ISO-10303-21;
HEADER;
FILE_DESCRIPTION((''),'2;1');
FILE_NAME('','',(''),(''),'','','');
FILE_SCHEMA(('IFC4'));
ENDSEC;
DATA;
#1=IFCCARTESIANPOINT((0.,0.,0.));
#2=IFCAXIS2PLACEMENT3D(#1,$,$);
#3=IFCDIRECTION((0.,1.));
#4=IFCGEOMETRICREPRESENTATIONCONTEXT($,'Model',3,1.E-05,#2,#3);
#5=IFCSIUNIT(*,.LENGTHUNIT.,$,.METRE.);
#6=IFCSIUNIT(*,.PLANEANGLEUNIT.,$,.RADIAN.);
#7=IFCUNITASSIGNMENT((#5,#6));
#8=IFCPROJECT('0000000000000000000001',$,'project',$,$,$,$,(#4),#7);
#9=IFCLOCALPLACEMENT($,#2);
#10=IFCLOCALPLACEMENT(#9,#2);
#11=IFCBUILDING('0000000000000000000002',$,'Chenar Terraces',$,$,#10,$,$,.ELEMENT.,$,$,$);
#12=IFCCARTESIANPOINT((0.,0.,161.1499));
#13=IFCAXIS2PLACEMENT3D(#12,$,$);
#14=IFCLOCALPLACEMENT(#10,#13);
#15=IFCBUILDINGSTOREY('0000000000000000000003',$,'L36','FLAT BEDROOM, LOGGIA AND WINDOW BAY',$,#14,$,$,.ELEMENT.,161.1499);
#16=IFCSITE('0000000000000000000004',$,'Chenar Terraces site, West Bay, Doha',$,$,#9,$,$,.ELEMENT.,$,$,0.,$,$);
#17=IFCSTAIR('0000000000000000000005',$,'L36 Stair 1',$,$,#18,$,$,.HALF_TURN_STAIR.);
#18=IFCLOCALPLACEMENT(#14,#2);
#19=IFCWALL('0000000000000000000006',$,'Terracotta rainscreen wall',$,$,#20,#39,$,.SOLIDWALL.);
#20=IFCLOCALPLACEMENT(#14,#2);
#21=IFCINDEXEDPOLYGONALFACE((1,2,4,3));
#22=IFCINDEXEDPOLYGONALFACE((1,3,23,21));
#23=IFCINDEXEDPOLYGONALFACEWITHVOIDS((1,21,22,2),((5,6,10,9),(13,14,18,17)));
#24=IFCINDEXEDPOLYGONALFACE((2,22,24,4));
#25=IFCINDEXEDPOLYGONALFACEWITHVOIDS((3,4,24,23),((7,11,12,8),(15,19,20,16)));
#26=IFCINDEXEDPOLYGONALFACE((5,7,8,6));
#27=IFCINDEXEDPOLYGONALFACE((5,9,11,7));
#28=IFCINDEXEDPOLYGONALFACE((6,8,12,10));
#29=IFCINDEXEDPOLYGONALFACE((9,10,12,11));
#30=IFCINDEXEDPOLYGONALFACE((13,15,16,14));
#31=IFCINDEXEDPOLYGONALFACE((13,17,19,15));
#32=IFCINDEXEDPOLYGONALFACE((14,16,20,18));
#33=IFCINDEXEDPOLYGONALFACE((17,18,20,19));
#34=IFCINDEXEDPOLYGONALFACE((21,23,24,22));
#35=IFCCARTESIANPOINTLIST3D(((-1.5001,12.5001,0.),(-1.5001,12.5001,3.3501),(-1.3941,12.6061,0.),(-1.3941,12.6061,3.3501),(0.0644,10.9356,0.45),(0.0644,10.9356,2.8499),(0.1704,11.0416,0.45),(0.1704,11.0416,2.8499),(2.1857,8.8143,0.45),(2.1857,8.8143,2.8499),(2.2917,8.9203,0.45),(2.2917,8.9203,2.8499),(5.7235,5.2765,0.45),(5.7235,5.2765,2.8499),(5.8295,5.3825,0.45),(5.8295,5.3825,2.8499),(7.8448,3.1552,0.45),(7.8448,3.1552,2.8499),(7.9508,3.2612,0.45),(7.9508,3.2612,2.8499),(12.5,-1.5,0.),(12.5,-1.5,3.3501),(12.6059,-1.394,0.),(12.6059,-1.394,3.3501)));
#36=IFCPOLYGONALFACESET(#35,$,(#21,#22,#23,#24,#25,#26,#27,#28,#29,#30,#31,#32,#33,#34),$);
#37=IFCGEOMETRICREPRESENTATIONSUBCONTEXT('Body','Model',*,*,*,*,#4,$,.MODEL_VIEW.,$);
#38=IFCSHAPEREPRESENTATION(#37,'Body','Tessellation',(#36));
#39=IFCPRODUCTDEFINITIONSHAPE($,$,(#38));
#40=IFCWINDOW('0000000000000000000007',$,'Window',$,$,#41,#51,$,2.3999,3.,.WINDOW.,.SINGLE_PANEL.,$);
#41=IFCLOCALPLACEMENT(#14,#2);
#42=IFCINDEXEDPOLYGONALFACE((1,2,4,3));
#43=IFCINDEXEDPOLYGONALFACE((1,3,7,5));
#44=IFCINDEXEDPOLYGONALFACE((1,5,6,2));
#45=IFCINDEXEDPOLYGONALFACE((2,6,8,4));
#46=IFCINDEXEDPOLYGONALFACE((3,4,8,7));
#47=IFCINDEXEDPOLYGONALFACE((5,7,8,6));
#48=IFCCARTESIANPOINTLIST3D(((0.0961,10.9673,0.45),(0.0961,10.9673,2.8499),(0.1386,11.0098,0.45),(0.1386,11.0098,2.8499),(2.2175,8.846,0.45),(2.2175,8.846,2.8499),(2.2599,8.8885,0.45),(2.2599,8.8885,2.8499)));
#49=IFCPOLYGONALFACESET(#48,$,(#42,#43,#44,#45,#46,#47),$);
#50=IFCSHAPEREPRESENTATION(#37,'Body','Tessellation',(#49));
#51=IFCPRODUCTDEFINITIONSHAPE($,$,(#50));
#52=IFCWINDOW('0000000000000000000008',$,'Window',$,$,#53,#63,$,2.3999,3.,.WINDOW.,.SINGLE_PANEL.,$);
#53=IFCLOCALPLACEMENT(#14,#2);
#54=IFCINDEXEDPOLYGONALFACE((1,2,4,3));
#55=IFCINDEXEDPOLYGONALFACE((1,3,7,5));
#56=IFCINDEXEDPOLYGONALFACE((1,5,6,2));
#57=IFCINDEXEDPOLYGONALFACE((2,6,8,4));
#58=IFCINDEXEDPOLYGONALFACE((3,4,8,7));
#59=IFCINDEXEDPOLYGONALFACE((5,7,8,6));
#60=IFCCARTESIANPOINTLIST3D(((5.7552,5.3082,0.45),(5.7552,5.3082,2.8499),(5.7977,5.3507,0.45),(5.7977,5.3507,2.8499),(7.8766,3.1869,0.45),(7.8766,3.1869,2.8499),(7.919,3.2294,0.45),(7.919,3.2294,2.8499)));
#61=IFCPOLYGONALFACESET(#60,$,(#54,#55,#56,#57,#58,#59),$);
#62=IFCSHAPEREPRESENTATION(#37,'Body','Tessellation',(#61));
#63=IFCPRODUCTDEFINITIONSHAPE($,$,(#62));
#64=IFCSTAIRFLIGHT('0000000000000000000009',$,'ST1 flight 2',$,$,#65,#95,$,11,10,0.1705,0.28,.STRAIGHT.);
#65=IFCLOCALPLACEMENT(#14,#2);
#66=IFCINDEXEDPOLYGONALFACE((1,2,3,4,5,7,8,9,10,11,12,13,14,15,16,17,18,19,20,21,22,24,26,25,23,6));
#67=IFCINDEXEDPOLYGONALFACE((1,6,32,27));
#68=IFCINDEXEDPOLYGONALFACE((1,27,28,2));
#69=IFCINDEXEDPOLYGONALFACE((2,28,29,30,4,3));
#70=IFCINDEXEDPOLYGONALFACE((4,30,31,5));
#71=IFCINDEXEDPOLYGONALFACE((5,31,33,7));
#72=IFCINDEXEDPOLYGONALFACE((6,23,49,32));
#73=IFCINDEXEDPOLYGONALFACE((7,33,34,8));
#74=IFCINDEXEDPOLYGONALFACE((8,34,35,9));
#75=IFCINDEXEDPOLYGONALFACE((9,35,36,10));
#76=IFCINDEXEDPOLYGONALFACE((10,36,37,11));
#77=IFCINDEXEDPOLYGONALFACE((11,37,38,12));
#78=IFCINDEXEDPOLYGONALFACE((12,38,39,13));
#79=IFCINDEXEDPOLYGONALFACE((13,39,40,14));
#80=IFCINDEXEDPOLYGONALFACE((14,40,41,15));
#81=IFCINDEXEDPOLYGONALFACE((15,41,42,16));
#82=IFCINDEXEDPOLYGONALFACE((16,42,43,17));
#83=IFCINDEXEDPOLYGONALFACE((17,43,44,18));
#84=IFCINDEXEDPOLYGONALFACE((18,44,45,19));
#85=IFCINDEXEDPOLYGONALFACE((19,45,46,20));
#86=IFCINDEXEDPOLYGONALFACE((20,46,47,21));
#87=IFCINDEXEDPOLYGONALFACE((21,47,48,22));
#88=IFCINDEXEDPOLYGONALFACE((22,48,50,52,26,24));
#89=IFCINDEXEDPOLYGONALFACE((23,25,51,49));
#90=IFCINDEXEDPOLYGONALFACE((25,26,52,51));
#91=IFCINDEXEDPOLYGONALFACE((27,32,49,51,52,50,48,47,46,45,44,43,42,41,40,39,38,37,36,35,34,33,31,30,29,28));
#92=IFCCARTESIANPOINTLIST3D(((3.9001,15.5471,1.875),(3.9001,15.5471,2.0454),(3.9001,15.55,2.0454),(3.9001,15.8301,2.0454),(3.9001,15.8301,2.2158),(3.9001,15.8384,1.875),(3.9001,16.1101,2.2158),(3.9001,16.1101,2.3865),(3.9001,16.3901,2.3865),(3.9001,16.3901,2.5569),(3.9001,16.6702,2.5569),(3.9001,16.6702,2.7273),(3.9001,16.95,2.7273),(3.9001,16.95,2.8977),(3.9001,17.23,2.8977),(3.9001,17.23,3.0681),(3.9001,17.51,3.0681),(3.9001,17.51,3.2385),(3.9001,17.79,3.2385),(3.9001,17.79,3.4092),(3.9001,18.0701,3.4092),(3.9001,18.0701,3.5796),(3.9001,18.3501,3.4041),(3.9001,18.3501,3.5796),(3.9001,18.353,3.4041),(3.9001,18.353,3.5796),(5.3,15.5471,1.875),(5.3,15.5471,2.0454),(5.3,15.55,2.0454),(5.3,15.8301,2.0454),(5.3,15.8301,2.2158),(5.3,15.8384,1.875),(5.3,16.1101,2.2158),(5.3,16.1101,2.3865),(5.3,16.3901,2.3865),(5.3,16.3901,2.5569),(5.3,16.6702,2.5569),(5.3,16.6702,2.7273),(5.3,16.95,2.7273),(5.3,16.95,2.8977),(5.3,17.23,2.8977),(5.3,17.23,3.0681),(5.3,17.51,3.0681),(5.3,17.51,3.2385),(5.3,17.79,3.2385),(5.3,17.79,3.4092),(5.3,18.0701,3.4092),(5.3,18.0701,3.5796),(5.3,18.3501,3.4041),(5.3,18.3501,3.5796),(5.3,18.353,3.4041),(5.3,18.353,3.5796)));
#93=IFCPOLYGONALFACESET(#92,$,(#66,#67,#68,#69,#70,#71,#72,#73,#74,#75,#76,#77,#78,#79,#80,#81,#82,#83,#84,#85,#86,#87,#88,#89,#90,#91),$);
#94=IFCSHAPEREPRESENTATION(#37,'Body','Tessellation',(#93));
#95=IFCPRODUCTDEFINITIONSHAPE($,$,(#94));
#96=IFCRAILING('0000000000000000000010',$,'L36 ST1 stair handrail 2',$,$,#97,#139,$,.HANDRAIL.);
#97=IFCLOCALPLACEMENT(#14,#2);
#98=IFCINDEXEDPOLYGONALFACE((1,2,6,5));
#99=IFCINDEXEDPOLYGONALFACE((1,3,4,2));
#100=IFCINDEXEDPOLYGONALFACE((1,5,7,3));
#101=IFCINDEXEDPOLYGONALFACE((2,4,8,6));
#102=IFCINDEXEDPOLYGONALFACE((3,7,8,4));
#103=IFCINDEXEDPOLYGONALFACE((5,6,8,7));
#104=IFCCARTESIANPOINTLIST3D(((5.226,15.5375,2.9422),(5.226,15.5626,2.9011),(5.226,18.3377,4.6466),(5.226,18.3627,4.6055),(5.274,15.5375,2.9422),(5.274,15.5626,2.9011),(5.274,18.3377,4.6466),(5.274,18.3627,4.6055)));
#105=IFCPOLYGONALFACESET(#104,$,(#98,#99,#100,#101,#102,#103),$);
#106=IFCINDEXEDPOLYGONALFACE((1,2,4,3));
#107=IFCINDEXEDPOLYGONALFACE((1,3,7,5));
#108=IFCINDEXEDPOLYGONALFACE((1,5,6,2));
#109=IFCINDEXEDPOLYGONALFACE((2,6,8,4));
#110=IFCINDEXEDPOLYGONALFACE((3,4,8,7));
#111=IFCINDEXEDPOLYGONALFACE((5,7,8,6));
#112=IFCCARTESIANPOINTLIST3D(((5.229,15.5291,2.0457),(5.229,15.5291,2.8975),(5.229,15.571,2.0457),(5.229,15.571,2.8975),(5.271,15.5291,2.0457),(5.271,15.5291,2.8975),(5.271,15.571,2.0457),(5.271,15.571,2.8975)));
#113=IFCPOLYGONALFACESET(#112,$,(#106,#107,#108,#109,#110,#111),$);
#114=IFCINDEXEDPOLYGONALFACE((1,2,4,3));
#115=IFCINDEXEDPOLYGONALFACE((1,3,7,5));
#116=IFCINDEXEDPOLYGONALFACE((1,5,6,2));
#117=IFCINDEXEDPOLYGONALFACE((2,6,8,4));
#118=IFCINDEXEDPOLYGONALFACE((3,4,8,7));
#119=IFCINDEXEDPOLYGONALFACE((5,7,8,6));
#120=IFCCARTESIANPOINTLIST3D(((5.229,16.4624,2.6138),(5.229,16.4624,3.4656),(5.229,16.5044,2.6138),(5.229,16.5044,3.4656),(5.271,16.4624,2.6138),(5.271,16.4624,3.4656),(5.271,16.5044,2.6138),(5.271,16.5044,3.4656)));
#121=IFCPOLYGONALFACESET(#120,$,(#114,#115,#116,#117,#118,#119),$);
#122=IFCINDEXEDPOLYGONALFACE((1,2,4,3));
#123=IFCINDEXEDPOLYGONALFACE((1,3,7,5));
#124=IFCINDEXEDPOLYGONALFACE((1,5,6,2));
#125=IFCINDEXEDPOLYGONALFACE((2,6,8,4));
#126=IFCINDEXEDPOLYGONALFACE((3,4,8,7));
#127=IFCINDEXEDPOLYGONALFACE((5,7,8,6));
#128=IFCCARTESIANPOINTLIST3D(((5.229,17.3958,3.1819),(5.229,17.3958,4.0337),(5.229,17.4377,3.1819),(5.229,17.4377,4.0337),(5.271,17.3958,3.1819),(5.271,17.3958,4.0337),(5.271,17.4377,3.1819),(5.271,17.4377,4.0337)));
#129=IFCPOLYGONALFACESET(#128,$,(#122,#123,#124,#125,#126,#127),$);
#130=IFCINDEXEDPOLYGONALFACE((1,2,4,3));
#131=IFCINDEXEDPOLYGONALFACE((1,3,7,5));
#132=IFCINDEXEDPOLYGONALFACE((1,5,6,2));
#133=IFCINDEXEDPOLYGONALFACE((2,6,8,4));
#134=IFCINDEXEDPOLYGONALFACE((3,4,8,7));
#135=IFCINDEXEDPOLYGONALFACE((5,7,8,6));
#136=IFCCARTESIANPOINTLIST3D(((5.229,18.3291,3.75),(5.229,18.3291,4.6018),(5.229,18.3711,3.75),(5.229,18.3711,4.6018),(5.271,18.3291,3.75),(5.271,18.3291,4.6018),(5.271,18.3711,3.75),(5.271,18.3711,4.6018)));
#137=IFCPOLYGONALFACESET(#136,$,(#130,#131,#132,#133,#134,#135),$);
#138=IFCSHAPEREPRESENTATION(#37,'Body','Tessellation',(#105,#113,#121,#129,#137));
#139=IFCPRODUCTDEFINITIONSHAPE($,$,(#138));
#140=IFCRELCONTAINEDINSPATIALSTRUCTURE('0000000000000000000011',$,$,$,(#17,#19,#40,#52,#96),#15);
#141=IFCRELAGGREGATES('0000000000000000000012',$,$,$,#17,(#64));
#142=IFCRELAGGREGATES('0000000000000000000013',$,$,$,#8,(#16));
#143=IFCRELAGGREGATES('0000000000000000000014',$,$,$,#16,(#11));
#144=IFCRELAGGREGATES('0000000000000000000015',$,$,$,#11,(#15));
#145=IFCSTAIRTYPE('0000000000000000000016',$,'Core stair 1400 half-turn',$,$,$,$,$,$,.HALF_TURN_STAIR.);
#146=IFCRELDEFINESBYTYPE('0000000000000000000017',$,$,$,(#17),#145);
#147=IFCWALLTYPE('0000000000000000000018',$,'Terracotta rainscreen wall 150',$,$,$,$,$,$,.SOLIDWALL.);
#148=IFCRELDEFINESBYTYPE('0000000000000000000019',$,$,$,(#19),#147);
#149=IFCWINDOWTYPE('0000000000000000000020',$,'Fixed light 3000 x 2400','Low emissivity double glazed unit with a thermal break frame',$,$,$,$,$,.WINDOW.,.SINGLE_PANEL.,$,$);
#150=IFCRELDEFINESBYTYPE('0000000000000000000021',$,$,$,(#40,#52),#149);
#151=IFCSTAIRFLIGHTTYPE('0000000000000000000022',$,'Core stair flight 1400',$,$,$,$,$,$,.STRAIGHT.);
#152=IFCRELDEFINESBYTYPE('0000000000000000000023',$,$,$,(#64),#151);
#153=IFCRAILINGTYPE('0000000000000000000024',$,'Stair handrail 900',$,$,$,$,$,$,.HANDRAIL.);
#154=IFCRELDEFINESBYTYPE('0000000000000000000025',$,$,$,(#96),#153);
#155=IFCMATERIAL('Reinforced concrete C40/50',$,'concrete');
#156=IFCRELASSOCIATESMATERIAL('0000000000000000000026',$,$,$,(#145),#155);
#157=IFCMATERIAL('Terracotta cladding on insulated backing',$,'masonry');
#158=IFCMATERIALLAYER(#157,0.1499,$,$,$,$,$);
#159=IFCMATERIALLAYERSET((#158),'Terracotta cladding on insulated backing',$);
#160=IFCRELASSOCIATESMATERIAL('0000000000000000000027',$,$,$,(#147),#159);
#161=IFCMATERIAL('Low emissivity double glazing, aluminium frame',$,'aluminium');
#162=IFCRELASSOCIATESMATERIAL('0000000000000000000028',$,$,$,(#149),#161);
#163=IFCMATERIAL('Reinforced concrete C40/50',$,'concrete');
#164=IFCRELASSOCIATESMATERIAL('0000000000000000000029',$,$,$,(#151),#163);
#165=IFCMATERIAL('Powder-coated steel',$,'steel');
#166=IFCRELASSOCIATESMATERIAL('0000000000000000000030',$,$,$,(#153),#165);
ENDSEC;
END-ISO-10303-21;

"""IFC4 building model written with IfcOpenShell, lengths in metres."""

from ifc_helpers import new_model, si_unit, direction, frame, frame_2d, origin, origin_2d, place, context, subcontext, project, spatial, polyline, rectangle, outline, extrude, material, layer, layer_set, type_object, element, fill, aggregate, save


model = new_model("IFC4")

# Units and contexts
model_context = context("Model", 3, precision=1e-05, world=origin(), true_north=direction((0.0, 1.0)))
body_context = subcontext(model_context, "Body", "Model", "MODEL_VIEW")
ifc_project = project(units=[si_unit("LENGTHUNIT", "METRE"), si_unit("PLANEANGLEUNIT", "RADIAN")], contexts=[model_context])

# Site, building, storey
site_placement = place(None, origin())
site = spatial("IfcSite", under=ifc_project, at=site_placement, Name="Chenar Terraces site, West Bay, Doha", CompositionType="ELEMENT", RefElevation=0.0)
building_placement = place(site_placement, origin())
building = spatial("IfcBuilding", under=site, at=building_placement, Name="Chenar Terraces", CompositionType="ELEMENT")
storey_placement = place(building_placement, frame((0.0, 0.0, 161.1499)))
storey = spatial("IfcBuildingStorey", under=building, at=storey_placement, Name="L36", Description="FLAT BEDROOM, LOGGIA AND WINDOW BAY", CompositionType="ELEMENT", Elevation=161.1499)

# Stair
ifc_material_1 = material(Name="Reinforced concrete C40/50", Category="concrete")
stair_type = type_object("IfcStairType", Name="Core stair 1400 half-turn", PredefinedType="HALF_TURN_STAIR", material=ifc_material_1)
placement_1 = place(storey_placement, origin())
stair_1 = element("IfcStair", 1, at=placement_1, inside=storey, type_object=stair_type, Name="L36 Stair 1", PredefinedType="HALF_TURN_STAIR")

# Wall, openings, windows
ifc_material_2 = material(Name="Terracotta cladding on insulated backing", Category="masonry")
ifc_layer_1 = layer(ifc_material_2, 0.1499)
ifc_layer_set_1 = layer_set([ifc_layer_1], Name="Terracotta cladding on insulated backing")
wall_type_1 = type_object("IfcWallType", Name="Terracotta rainscreen wall 150", PredefinedType="SOLIDWALL", material=ifc_layer_set_1)
wall_1_placement = place(storey_placement, frame((-1.447, 12.553, 0.0), z_axis=(0.0, 0.0, 1.0), x_axis=(0.707107, -0.707107, 0.0)))
wall_1 = element("IfcWall", 2, at=wall_1_placement, inside=storey, type_object=wall_type_1, Name="Terracotta rainscreen wall", PredefinedType="SOLIDWALL", context=body_context, shape_type="SweptSolid", body=[
    extrude(rectangle(XDim=19.7991, YDim=0.1499, at=frame_2d((9.8994, 0.0))), origin(), (0.0, 0.0, 1.0), 3.3501),
])
opening_1_placement = place(wall_1_placement, frame((2.2124, 0.0, 0.45)))
opening_1 = element("IfcOpeningElement", 3, at=opening_1_placement, cuts=wall_1, PredefinedType="OPENING", context=body_context, shape_type="SweptSolid", body=[
    extrude(rectangle(XDim=3.0, YDim=2.3999, at=frame_2d((1.5, 1.2))), frame((0.0, 0.085, 0.0), z_axis=(0.0, -1.0, 0.0), x_axis=(1.0, 0.0, 0.0)), (0.0, 0.0, 1.0), 0.1699),
])
opening_2_placement = place(wall_1_placement, frame((10.2156, 0.0, 0.45)))
opening_2 = element("IfcOpeningElement", 4, at=opening_2_placement, cuts=wall_1, PredefinedType="OPENING", context=body_context, shape_type="SweptSolid", body=[
    extrude(rectangle(XDim=3.0, YDim=2.3999, at=frame_2d((1.5, 1.2))), frame((0.0, 0.085, 0.0), z_axis=(0.0, -1.0, 0.0), x_axis=(1.0, 0.0, 0.0)), (0.0, 0.0, 1.0), 0.1699),
])
ifc_material_3 = material(Name="Low emissivity double glazing, aluminium frame", Category="aluminium")
window_type = type_object("IfcWindowType", Name="Fixed light 3000 x 2400", Description="Low emissivity double glazed unit with a thermal break frame", PartitioningType="SINGLE_PANEL", PredefinedType="WINDOW", material=ifc_material_3)
window_1_placement = place(opening_1_placement, origin())
window_1 = element("IfcWindow", 5, at=window_1_placement, inside=storey, type_object=window_type, Name="Window", OverallHeight=2.3999, OverallWidth=3.0, PartitioningType="SINGLE_PANEL", PredefinedType="WINDOW", context=body_context, shape_type="SweptSolid", body=[
    extrude(rectangle(XDim=3.0, YDim=2.3999, at=frame_2d((1.5, 1.2))), frame((0.0, 0.03, 0.0), z_axis=(0.0, -1.0, 0.0), x_axis=(1.0, 0.0, 0.0)), (0.0, 0.0, 1.0), 0.0601),
])
fill(opening_1, window_1)
window_2_placement = place(opening_2_placement, origin())
window_2 = element("IfcWindow", 6, at=window_2_placement, inside=storey, type_object=window_type, Name="Window", OverallHeight=2.3999, OverallWidth=3.0, PartitioningType="SINGLE_PANEL", PredefinedType="WINDOW", context=body_context, shape_type="SweptSolid", body=[
    extrude(rectangle(XDim=3.0, YDim=2.3999, at=frame_2d((1.5, 1.2))), frame((0.0, 0.03, 0.0), z_axis=(0.0, -1.0, 0.0), x_axis=(1.0, 0.0, 0.0)), (0.0, 0.0, 1.0), 0.0601),
])
fill(opening_2, window_2)

# Stair flight
ifc_material_4 = material(Name="Reinforced concrete C40/50", Category="concrete")
stair_flight_type = type_object("IfcStairFlightType", Name="Core stair flight 1400", PredefinedType="STRAIGHT", material=ifc_material_4)
stair_flight_placement = place(storey_placement, frame((4.6001, 15.55, 1.875), z_axis=(0.0, 0.0, 1.0), x_axis=(0.0, 1.0, 0.0)))
stair_flight = element("IfcStairFlight", 7, at=stair_flight_placement, type_object=stair_flight_type, Name="ST1 flight 2", NumberOfRisers=11, NumberOfTreads=10, PredefinedType="STRAIGHT", RiserHeight=0.1705, TreadLength=0.28, context=body_context, shape_type="SweptSolid", body=[
    extrude(outline(polyline([(-0.0029, 0.0), (-0.0029, 0.1704), (0.0, 0.1704), (0.28, 0.1704), (0.28, 0.3408), (0.5601, 0.3408), (0.5601, 0.5115), (0.8401, 0.5115), (0.8401, 0.6819), (1.1201, 0.6819), (1.1201, 0.8523), (1.3999, 0.8523), (1.3999, 1.0227), (1.6799, 1.0227), (1.6799, 1.1931), (1.96, 1.1931), (1.96, 1.3635), (2.24, 1.3635), (2.24, 1.5342), (2.52, 1.5342), (2.52, 1.7046), (2.8, 1.7046), (2.803, 1.7046), (2.803, 1.5291), (2.8, 1.5291), (0.2883, 0.0), (-0.0029, 0.0)])), frame((0.0, 0.7, 0.0), z_axis=(0.0, -1.0, 0.0), x_axis=(1.0, 0.0, 0.0)), (0.0, 0.0, 1.0), 1.3999),
])
aggregate(stair_1, [stair_flight])

# Railing
ifc_material_5 = material(Name="Powder-coated steel", Category="steel")
railing_type = type_object("IfcRailingType", Name="Stair handrail 900", PredefinedType="HANDRAIL", material=ifc_material_5)
railing_placement = place(storey_placement, frame((5.25, 15.55, 2.0457)))
element("IfcRailing", 8, at=railing_placement, inside=storey, type_object=railing_type, Name="L36 ST1 stair handrail 2", PredefinedType="HANDRAIL", context=body_context, shape_type="SweptSolid", body=[
    extrude(rectangle(XDim=0.0481, YDim=0.0481, at=origin_2d()), frame((0.0, 0.0, 0.876), z_axis=(0.0, 0.854203, 0.51994), x_axis=(-1.0, 0.0, 0.0)), (0.0, 0.0, 1.0), 3.2781),
    extrude(rectangle(XDim=0.042, YDim=0.042, at=origin_2d()), origin(), (0.0, 0.0, 1.0), 0.8518),
    extrude(rectangle(XDim=0.042, YDim=0.042, at=origin_2d()), frame((0.0, 0.9333, 0.5681)), (0.0, 0.0, 1.0), 0.8518),
    extrude(rectangle(XDim=0.042, YDim=0.042, at=origin_2d()), frame((0.0, 1.8667, 1.1362)), (0.0, 0.0, 1.0), 0.8518),
    extrude(rectangle(XDim=0.042, YDim=0.042, at=origin_2d()), frame((0.0, 2.8, 1.7043)), (0.0, 0.0, 1.0), 0.8518),
])

save(model, "model.ifc")
